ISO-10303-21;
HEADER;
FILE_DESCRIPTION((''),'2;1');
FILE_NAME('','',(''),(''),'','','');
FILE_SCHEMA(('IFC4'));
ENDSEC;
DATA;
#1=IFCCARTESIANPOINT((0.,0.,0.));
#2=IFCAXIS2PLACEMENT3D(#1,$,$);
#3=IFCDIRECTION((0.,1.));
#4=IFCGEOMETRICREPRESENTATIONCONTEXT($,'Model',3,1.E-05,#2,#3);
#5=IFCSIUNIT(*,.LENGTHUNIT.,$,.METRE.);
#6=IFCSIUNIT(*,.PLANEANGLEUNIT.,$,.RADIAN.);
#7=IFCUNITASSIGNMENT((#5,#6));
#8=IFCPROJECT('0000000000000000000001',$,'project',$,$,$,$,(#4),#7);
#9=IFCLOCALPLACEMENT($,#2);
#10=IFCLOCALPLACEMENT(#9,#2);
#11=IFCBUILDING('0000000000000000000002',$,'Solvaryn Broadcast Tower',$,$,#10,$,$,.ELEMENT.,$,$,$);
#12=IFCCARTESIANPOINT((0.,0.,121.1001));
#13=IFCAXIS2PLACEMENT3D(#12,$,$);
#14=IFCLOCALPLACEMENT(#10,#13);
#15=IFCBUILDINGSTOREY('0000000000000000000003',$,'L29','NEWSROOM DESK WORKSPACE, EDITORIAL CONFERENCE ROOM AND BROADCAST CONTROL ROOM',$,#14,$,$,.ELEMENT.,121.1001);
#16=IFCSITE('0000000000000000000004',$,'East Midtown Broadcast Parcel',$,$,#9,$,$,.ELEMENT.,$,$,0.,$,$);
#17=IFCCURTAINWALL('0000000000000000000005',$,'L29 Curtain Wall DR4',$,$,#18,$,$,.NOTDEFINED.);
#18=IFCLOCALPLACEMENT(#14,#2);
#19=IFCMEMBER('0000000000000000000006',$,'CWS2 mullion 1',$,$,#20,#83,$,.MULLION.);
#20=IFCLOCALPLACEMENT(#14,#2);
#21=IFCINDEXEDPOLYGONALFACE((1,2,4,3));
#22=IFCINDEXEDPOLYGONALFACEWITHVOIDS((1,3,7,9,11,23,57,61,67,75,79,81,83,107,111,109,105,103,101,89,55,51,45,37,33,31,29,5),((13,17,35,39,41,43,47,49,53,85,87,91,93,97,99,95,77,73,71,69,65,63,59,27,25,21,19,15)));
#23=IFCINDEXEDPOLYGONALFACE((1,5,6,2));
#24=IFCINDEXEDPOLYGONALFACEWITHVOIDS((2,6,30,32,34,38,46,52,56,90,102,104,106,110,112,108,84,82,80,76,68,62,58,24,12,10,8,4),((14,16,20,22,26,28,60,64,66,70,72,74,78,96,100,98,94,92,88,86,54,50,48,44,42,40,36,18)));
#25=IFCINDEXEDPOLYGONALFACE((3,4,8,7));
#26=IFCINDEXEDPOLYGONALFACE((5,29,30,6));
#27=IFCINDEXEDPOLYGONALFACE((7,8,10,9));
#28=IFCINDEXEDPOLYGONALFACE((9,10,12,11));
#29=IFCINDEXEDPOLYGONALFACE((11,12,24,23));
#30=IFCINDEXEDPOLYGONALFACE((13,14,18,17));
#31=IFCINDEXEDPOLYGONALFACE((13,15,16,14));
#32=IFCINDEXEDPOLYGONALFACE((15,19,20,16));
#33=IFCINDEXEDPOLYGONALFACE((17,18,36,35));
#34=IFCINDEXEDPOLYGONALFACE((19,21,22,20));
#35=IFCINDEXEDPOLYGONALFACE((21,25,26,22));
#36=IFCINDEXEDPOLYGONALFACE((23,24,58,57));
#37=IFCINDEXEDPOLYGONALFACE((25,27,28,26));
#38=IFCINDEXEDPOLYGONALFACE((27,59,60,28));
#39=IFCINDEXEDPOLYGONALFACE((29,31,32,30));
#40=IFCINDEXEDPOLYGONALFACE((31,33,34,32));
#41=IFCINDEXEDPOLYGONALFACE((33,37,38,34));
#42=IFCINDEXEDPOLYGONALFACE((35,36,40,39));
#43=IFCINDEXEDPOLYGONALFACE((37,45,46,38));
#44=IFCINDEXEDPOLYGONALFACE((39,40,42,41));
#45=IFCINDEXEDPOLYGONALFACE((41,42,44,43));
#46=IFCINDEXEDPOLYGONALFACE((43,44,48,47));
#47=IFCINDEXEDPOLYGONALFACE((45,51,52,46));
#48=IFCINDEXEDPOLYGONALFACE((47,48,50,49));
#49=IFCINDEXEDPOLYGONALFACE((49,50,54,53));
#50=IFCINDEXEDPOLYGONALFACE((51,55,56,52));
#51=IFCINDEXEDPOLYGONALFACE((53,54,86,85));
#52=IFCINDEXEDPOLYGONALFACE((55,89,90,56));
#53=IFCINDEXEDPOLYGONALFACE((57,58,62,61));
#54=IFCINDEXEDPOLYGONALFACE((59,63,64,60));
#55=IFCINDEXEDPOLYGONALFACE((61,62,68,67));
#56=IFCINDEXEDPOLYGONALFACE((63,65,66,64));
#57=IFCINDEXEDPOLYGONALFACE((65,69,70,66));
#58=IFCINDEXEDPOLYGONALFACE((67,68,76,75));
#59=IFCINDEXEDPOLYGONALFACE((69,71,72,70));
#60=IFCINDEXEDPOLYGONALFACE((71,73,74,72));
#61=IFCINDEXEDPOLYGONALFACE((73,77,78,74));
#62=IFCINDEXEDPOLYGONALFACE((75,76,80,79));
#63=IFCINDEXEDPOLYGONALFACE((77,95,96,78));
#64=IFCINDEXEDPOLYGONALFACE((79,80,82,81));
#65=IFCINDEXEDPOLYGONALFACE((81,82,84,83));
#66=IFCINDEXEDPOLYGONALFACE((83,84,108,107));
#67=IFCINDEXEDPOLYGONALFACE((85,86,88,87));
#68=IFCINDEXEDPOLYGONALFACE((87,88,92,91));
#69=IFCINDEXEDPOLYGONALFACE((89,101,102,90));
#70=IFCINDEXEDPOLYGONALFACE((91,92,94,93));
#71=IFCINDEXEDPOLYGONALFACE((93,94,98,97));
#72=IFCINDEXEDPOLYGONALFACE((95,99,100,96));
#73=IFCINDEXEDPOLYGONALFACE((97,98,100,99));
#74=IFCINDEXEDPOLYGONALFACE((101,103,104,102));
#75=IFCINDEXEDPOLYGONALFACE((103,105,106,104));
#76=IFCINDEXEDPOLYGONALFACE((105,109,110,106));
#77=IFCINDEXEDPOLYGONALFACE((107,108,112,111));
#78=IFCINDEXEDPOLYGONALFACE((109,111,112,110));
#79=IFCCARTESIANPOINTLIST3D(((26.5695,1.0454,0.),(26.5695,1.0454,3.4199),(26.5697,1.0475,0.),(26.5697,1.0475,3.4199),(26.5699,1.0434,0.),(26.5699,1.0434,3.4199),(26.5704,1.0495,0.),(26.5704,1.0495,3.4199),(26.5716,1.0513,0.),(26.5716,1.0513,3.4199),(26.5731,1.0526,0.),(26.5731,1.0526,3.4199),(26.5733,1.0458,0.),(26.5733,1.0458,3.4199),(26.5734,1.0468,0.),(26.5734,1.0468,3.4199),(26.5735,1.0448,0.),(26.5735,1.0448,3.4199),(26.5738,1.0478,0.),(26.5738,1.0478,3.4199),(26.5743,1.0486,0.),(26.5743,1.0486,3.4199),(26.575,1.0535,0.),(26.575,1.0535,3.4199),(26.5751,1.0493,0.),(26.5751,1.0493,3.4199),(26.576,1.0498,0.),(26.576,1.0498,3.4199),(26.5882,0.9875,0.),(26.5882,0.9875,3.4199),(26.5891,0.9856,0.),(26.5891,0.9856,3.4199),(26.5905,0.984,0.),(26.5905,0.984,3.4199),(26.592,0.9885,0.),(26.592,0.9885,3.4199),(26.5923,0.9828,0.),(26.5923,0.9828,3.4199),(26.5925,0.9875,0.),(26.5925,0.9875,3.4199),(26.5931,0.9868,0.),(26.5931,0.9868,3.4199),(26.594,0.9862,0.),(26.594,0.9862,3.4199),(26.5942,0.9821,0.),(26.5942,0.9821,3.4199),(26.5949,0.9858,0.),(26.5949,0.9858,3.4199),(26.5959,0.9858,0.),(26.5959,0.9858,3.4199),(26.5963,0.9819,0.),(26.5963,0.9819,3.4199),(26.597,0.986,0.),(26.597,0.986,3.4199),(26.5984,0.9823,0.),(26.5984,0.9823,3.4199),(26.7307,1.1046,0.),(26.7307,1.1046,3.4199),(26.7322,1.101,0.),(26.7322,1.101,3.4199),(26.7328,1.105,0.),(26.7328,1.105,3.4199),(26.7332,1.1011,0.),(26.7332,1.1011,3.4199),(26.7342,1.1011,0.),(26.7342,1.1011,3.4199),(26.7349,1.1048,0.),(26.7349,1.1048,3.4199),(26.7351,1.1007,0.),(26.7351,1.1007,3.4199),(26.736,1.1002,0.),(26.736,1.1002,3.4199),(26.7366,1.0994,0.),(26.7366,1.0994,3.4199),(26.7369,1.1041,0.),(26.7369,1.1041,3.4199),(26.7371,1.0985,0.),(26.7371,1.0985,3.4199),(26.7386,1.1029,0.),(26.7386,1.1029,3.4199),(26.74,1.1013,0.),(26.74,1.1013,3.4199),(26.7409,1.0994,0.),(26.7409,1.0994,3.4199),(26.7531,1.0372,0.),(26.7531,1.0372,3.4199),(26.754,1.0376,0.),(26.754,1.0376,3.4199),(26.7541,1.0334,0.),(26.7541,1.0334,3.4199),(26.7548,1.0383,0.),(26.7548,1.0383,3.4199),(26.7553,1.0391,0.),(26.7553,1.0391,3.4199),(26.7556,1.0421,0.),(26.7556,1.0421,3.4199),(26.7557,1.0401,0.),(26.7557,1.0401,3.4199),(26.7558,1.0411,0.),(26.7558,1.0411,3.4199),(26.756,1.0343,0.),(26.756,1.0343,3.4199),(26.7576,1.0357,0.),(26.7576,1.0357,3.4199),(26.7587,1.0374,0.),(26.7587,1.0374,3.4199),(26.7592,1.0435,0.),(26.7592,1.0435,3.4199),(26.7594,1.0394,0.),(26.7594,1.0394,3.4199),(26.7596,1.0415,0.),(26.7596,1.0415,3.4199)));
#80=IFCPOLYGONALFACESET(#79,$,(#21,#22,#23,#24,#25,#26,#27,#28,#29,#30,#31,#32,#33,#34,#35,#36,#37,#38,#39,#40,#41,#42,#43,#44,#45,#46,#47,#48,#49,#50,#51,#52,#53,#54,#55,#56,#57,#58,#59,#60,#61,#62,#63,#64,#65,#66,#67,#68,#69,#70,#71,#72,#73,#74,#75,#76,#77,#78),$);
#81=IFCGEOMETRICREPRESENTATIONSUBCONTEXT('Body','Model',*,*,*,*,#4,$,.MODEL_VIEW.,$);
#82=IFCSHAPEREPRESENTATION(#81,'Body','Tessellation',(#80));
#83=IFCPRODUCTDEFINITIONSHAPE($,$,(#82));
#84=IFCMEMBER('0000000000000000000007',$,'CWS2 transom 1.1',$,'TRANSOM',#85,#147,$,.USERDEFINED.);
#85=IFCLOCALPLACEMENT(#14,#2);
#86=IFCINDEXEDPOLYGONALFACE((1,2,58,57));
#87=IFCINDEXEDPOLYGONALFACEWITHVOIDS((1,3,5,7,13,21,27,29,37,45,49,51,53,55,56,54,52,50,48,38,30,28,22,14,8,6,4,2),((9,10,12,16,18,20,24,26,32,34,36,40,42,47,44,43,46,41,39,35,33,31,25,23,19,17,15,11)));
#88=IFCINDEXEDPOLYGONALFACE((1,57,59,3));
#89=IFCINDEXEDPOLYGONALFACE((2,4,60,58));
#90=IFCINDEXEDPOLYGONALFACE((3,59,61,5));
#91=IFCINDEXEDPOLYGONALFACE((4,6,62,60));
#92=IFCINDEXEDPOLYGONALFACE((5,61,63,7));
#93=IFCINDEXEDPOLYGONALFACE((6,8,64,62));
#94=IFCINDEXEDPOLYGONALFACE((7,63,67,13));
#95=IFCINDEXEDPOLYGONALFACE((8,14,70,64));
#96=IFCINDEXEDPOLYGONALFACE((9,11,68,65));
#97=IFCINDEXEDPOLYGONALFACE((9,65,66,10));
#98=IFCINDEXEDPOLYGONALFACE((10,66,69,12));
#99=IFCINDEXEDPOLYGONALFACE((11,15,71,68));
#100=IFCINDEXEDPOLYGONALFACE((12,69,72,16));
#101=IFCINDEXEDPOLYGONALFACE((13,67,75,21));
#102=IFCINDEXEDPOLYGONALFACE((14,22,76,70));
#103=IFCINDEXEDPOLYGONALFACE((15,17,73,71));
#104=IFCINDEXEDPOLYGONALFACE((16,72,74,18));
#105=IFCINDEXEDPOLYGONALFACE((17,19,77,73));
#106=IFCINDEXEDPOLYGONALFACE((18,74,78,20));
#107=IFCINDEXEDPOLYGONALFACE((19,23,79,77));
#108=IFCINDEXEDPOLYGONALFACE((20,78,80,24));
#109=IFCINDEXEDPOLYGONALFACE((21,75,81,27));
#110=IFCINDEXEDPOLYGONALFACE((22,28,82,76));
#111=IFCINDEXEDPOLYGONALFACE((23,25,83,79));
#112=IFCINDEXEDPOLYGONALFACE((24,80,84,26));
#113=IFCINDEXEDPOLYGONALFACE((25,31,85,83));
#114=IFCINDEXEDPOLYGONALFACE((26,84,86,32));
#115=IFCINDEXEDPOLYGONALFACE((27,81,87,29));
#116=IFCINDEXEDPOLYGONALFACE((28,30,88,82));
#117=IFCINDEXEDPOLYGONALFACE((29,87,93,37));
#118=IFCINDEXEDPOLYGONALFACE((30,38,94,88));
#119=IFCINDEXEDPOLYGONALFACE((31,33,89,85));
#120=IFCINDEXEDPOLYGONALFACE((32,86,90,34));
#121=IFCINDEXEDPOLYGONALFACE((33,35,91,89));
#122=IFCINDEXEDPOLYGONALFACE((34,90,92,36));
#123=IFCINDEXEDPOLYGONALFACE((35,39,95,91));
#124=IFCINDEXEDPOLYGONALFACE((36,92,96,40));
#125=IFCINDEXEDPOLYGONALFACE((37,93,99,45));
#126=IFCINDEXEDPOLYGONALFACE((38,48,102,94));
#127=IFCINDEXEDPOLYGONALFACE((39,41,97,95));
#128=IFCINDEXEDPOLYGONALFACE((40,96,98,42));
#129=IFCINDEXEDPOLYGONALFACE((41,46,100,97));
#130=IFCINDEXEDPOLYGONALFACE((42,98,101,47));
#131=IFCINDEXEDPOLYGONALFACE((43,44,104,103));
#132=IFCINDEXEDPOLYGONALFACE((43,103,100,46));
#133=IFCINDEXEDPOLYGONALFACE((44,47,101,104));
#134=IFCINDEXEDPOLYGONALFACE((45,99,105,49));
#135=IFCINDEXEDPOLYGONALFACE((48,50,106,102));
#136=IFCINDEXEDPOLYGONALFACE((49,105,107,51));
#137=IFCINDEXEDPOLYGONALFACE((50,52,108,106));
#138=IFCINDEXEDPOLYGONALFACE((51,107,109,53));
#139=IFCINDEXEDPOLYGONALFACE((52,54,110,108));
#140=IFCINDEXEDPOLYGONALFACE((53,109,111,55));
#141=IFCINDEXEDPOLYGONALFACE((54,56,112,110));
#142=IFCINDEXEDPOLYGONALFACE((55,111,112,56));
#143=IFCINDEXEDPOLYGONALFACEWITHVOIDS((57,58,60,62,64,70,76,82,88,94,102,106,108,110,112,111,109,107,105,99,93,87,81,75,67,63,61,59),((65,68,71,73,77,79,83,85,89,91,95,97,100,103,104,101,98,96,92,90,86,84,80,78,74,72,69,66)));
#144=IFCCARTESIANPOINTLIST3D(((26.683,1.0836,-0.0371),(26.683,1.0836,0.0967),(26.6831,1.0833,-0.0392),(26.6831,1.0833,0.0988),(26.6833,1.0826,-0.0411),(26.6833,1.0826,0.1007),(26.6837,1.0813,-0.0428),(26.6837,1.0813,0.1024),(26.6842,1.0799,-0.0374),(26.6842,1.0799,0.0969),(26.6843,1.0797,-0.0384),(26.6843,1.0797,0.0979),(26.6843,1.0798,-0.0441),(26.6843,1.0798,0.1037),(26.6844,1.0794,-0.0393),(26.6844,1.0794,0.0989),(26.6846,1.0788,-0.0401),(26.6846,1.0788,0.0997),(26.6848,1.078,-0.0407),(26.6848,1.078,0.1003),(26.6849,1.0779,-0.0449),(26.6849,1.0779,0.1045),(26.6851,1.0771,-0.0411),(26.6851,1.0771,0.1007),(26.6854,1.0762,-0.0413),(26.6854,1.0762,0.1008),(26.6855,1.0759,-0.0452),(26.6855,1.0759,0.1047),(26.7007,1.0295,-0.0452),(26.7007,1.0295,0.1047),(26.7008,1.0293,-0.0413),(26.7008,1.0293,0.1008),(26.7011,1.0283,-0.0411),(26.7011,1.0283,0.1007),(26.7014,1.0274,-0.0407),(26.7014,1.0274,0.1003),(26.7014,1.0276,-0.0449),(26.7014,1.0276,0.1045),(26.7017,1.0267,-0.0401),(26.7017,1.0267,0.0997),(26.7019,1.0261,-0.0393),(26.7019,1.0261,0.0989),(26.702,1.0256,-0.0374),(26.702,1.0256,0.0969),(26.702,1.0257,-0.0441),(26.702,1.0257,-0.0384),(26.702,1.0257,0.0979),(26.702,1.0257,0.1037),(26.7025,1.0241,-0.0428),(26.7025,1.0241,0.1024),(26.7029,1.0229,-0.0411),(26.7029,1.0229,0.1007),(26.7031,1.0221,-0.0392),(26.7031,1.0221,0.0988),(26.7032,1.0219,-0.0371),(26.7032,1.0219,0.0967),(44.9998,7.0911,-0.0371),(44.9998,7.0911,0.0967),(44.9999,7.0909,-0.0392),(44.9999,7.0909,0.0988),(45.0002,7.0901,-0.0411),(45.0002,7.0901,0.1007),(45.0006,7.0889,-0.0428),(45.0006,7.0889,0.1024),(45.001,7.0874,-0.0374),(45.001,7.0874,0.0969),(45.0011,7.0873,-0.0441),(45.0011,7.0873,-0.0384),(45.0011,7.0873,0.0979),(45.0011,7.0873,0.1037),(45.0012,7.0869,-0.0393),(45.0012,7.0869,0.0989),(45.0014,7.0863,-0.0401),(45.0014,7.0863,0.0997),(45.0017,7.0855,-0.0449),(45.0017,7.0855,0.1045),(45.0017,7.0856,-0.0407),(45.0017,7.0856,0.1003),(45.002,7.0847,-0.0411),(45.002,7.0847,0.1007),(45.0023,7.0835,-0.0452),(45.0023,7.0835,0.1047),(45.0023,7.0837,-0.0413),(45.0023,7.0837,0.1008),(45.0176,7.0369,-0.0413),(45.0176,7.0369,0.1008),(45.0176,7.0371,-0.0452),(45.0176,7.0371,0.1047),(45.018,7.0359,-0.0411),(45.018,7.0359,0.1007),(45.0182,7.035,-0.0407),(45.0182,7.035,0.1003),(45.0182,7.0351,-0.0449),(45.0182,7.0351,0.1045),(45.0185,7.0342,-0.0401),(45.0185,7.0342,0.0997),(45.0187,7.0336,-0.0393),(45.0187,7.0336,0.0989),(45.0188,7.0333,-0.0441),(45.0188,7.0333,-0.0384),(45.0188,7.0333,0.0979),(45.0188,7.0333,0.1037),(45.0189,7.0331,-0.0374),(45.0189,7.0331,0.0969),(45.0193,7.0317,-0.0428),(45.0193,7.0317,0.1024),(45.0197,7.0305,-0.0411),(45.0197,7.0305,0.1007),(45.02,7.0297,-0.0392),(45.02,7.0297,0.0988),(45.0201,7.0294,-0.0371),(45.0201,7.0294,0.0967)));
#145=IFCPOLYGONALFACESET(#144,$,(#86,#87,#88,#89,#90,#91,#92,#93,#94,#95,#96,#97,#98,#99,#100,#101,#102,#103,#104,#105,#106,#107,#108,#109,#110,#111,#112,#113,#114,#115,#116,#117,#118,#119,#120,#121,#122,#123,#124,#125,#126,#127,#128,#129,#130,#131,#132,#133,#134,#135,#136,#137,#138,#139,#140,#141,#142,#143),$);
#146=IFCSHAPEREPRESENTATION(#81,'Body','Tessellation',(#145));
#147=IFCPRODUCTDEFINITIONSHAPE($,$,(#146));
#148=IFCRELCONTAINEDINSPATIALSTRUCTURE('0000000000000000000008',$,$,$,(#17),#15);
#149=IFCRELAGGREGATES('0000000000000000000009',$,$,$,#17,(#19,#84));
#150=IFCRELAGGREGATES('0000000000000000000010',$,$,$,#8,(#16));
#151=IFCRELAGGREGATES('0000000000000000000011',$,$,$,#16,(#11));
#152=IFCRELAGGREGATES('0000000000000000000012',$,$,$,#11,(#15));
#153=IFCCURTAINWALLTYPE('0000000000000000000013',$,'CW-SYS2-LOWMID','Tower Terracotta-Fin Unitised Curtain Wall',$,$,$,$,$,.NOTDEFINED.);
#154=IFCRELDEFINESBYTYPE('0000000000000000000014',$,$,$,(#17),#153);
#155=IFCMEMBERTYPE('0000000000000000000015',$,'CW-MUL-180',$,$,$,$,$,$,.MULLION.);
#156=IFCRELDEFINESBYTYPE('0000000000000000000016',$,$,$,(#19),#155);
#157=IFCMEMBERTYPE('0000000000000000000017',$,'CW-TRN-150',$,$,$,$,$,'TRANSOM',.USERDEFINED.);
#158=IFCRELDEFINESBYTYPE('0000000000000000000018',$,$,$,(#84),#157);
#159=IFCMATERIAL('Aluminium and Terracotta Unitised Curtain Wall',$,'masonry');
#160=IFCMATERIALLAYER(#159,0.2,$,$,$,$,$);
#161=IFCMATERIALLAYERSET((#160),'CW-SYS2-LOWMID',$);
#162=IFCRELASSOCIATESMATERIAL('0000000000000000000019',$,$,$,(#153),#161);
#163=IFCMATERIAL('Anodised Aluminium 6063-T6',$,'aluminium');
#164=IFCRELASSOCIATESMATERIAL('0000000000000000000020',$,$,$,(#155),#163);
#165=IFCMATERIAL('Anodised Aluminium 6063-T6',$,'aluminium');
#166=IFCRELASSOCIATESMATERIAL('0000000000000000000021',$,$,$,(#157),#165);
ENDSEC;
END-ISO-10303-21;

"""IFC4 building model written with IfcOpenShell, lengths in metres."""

from ifc_helpers import new_model, si_unit, direction, frame, origin, origin_2d, place, context, subcontext, project, spatial, hollow_rectangle, extrude, material, layer, layer_set, material_profile, profile_set, type_object, element, aggregate, save


model = new_model("IFC4")

# Units and contexts
model_context = context("Model", 3, precision=1e-05, world=origin(), true_north=direction((0.0, 1.0)))
body_context = subcontext(model_context, "Body", "Model", "MODEL_VIEW")
ifc_project = project(units=[si_unit("LENGTHUNIT", "METRE"), si_unit("PLANEANGLEUNIT", "RADIAN")], contexts=[model_context])

# Site, building, storey
site_placement = place(None, origin())
site = spatial("IfcSite", under=ifc_project, at=site_placement, Name="East Midtown Broadcast Parcel", CompositionType="ELEMENT", RefElevation=0.0)
building_placement = place(site_placement, origin())
building = spatial("IfcBuilding", under=site, at=building_placement, Name="Solvaryn Broadcast Tower", CompositionType="ELEMENT")
storey_placement = place(building_placement, frame((0.0, 0.0, 121.1001)))
storey = spatial("IfcBuildingStorey", under=building, at=storey_placement, Name="L29", Description="NEWSROOM DESK WORKSPACE, EDITORIAL CONFERENCE ROOM AND BROADCAST CONTROL ROOM", CompositionType="ELEMENT", Elevation=121.1001)

# Shared definitions
ifc_material_1 = material(Name="Aluminium and Terracotta Unitised Curtain Wall", Category="masonry")
ifc_layer_1 = layer(ifc_material_1, 0.2)
ifc_layer_set_1 = layer_set([ifc_layer_1], Name="CW-SYS2-LOWMID")
curtain_wall_type = type_object("IfcCurtainWallType", Name="CW-SYS2-LOWMID", Description="Tower Terracotta-Fin Unitised Curtain Wall", PredefinedType="NOTDEFINED", material=ifc_layer_set_1)
ifc_material_2 = material(Name="Anodised Aluminium 6063-T6", Category="aluminium")
ifc_material_profile_1 = material_profile(ifc_material_2, hollow_rectangle(XDim=0.075, YDim=0.1799, WallThickness=0.0039, InnerFilletRadius=0.0039, OuterFilletRadius=0.0081, at=origin_2d()))
ifc_profile_set_1 = profile_set([ifc_material_profile_1], Name="Anodised Aluminium 6063-T6")
member_type_1 = type_object("IfcMemberType", Name="CW-MUL-180", PredefinedType="MULLION", material=ifc_profile_set_1)

# Curtain wall, members
curtain_wall_1_placement = place(storey_placement, origin())
curtain_wall_1 = element("IfcCurtainWall", 1, at=curtain_wall_1_placement, inside=storey, type_object=curtain_wall_type, Name="L29 Curtain Wall DR4", PredefinedType="NOTDEFINED")
member_1_placement = place(storey_placement, frame((26.6646, 1.0435, 0.0), z_axis=(0.0, 0.0, 1.0), x_axis=(-0.311646, 0.950198, 0.0)))
member_1 = element("IfcMember", 2, at=member_1_placement, type_object=member_type_1, Name="CWS2 mullion 1", PredefinedType="MULLION", context=body_context, shape_type="SweptSolid", body=[
    extrude(hollow_rectangle(XDim=0.075, YDim=0.1799, WallThickness=0.0039, InnerFilletRadius=0.0039, OuterFilletRadius=0.0081, at=origin_2d()), origin(), (0.0, 0.0, 1.0), 3.4199),
])
ifc_material_3 = material(Name="Anodised Aluminium 6063-T6", Category="aluminium")
ifc_material_profile_2 = material_profile(ifc_material_3, hollow_rectangle(XDim=0.0649, YDim=0.1499, WallThickness=0.0039, InnerFilletRadius=0.0039, OuterFilletRadius=0.0081, at=origin_2d()))
ifc_profile_set_2 = profile_set([ifc_material_profile_2], Name="Anodised Aluminium 6063-T6")
member_type_2 = type_object("IfcMemberType", Name="CW-TRN-150", ElementType="TRANSOM", PredefinedType="USERDEFINED", material=ifc_profile_set_2)
member_2_placement = place(storey_placement, frame((26.6931, 1.0527, 0.0298), z_axis=(0.950198, 0.311646, 0.0), x_axis=(-0.311646, 0.950198, 0.0)))
member_2 = element("IfcMember", 3, at=member_2_placement, type_object=member_type_2, Name="CWS2 transom 1.1", ObjectType="TRANSOM", PredefinedType="USERDEFINED", context=body_context, shape_type="SweptSolid", body=[
    extrude(hollow_rectangle(XDim=0.0649, YDim=0.1499, WallThickness=0.0039, InnerFilletRadius=0.0039, OuterFilletRadius=0.0081, at=origin_2d()), origin(), (0.0, 0.0, 1.0), 19.2769),
])
aggregate(curtain_wall_1, [member_1, member_2])

save(model, "model.ifc")
